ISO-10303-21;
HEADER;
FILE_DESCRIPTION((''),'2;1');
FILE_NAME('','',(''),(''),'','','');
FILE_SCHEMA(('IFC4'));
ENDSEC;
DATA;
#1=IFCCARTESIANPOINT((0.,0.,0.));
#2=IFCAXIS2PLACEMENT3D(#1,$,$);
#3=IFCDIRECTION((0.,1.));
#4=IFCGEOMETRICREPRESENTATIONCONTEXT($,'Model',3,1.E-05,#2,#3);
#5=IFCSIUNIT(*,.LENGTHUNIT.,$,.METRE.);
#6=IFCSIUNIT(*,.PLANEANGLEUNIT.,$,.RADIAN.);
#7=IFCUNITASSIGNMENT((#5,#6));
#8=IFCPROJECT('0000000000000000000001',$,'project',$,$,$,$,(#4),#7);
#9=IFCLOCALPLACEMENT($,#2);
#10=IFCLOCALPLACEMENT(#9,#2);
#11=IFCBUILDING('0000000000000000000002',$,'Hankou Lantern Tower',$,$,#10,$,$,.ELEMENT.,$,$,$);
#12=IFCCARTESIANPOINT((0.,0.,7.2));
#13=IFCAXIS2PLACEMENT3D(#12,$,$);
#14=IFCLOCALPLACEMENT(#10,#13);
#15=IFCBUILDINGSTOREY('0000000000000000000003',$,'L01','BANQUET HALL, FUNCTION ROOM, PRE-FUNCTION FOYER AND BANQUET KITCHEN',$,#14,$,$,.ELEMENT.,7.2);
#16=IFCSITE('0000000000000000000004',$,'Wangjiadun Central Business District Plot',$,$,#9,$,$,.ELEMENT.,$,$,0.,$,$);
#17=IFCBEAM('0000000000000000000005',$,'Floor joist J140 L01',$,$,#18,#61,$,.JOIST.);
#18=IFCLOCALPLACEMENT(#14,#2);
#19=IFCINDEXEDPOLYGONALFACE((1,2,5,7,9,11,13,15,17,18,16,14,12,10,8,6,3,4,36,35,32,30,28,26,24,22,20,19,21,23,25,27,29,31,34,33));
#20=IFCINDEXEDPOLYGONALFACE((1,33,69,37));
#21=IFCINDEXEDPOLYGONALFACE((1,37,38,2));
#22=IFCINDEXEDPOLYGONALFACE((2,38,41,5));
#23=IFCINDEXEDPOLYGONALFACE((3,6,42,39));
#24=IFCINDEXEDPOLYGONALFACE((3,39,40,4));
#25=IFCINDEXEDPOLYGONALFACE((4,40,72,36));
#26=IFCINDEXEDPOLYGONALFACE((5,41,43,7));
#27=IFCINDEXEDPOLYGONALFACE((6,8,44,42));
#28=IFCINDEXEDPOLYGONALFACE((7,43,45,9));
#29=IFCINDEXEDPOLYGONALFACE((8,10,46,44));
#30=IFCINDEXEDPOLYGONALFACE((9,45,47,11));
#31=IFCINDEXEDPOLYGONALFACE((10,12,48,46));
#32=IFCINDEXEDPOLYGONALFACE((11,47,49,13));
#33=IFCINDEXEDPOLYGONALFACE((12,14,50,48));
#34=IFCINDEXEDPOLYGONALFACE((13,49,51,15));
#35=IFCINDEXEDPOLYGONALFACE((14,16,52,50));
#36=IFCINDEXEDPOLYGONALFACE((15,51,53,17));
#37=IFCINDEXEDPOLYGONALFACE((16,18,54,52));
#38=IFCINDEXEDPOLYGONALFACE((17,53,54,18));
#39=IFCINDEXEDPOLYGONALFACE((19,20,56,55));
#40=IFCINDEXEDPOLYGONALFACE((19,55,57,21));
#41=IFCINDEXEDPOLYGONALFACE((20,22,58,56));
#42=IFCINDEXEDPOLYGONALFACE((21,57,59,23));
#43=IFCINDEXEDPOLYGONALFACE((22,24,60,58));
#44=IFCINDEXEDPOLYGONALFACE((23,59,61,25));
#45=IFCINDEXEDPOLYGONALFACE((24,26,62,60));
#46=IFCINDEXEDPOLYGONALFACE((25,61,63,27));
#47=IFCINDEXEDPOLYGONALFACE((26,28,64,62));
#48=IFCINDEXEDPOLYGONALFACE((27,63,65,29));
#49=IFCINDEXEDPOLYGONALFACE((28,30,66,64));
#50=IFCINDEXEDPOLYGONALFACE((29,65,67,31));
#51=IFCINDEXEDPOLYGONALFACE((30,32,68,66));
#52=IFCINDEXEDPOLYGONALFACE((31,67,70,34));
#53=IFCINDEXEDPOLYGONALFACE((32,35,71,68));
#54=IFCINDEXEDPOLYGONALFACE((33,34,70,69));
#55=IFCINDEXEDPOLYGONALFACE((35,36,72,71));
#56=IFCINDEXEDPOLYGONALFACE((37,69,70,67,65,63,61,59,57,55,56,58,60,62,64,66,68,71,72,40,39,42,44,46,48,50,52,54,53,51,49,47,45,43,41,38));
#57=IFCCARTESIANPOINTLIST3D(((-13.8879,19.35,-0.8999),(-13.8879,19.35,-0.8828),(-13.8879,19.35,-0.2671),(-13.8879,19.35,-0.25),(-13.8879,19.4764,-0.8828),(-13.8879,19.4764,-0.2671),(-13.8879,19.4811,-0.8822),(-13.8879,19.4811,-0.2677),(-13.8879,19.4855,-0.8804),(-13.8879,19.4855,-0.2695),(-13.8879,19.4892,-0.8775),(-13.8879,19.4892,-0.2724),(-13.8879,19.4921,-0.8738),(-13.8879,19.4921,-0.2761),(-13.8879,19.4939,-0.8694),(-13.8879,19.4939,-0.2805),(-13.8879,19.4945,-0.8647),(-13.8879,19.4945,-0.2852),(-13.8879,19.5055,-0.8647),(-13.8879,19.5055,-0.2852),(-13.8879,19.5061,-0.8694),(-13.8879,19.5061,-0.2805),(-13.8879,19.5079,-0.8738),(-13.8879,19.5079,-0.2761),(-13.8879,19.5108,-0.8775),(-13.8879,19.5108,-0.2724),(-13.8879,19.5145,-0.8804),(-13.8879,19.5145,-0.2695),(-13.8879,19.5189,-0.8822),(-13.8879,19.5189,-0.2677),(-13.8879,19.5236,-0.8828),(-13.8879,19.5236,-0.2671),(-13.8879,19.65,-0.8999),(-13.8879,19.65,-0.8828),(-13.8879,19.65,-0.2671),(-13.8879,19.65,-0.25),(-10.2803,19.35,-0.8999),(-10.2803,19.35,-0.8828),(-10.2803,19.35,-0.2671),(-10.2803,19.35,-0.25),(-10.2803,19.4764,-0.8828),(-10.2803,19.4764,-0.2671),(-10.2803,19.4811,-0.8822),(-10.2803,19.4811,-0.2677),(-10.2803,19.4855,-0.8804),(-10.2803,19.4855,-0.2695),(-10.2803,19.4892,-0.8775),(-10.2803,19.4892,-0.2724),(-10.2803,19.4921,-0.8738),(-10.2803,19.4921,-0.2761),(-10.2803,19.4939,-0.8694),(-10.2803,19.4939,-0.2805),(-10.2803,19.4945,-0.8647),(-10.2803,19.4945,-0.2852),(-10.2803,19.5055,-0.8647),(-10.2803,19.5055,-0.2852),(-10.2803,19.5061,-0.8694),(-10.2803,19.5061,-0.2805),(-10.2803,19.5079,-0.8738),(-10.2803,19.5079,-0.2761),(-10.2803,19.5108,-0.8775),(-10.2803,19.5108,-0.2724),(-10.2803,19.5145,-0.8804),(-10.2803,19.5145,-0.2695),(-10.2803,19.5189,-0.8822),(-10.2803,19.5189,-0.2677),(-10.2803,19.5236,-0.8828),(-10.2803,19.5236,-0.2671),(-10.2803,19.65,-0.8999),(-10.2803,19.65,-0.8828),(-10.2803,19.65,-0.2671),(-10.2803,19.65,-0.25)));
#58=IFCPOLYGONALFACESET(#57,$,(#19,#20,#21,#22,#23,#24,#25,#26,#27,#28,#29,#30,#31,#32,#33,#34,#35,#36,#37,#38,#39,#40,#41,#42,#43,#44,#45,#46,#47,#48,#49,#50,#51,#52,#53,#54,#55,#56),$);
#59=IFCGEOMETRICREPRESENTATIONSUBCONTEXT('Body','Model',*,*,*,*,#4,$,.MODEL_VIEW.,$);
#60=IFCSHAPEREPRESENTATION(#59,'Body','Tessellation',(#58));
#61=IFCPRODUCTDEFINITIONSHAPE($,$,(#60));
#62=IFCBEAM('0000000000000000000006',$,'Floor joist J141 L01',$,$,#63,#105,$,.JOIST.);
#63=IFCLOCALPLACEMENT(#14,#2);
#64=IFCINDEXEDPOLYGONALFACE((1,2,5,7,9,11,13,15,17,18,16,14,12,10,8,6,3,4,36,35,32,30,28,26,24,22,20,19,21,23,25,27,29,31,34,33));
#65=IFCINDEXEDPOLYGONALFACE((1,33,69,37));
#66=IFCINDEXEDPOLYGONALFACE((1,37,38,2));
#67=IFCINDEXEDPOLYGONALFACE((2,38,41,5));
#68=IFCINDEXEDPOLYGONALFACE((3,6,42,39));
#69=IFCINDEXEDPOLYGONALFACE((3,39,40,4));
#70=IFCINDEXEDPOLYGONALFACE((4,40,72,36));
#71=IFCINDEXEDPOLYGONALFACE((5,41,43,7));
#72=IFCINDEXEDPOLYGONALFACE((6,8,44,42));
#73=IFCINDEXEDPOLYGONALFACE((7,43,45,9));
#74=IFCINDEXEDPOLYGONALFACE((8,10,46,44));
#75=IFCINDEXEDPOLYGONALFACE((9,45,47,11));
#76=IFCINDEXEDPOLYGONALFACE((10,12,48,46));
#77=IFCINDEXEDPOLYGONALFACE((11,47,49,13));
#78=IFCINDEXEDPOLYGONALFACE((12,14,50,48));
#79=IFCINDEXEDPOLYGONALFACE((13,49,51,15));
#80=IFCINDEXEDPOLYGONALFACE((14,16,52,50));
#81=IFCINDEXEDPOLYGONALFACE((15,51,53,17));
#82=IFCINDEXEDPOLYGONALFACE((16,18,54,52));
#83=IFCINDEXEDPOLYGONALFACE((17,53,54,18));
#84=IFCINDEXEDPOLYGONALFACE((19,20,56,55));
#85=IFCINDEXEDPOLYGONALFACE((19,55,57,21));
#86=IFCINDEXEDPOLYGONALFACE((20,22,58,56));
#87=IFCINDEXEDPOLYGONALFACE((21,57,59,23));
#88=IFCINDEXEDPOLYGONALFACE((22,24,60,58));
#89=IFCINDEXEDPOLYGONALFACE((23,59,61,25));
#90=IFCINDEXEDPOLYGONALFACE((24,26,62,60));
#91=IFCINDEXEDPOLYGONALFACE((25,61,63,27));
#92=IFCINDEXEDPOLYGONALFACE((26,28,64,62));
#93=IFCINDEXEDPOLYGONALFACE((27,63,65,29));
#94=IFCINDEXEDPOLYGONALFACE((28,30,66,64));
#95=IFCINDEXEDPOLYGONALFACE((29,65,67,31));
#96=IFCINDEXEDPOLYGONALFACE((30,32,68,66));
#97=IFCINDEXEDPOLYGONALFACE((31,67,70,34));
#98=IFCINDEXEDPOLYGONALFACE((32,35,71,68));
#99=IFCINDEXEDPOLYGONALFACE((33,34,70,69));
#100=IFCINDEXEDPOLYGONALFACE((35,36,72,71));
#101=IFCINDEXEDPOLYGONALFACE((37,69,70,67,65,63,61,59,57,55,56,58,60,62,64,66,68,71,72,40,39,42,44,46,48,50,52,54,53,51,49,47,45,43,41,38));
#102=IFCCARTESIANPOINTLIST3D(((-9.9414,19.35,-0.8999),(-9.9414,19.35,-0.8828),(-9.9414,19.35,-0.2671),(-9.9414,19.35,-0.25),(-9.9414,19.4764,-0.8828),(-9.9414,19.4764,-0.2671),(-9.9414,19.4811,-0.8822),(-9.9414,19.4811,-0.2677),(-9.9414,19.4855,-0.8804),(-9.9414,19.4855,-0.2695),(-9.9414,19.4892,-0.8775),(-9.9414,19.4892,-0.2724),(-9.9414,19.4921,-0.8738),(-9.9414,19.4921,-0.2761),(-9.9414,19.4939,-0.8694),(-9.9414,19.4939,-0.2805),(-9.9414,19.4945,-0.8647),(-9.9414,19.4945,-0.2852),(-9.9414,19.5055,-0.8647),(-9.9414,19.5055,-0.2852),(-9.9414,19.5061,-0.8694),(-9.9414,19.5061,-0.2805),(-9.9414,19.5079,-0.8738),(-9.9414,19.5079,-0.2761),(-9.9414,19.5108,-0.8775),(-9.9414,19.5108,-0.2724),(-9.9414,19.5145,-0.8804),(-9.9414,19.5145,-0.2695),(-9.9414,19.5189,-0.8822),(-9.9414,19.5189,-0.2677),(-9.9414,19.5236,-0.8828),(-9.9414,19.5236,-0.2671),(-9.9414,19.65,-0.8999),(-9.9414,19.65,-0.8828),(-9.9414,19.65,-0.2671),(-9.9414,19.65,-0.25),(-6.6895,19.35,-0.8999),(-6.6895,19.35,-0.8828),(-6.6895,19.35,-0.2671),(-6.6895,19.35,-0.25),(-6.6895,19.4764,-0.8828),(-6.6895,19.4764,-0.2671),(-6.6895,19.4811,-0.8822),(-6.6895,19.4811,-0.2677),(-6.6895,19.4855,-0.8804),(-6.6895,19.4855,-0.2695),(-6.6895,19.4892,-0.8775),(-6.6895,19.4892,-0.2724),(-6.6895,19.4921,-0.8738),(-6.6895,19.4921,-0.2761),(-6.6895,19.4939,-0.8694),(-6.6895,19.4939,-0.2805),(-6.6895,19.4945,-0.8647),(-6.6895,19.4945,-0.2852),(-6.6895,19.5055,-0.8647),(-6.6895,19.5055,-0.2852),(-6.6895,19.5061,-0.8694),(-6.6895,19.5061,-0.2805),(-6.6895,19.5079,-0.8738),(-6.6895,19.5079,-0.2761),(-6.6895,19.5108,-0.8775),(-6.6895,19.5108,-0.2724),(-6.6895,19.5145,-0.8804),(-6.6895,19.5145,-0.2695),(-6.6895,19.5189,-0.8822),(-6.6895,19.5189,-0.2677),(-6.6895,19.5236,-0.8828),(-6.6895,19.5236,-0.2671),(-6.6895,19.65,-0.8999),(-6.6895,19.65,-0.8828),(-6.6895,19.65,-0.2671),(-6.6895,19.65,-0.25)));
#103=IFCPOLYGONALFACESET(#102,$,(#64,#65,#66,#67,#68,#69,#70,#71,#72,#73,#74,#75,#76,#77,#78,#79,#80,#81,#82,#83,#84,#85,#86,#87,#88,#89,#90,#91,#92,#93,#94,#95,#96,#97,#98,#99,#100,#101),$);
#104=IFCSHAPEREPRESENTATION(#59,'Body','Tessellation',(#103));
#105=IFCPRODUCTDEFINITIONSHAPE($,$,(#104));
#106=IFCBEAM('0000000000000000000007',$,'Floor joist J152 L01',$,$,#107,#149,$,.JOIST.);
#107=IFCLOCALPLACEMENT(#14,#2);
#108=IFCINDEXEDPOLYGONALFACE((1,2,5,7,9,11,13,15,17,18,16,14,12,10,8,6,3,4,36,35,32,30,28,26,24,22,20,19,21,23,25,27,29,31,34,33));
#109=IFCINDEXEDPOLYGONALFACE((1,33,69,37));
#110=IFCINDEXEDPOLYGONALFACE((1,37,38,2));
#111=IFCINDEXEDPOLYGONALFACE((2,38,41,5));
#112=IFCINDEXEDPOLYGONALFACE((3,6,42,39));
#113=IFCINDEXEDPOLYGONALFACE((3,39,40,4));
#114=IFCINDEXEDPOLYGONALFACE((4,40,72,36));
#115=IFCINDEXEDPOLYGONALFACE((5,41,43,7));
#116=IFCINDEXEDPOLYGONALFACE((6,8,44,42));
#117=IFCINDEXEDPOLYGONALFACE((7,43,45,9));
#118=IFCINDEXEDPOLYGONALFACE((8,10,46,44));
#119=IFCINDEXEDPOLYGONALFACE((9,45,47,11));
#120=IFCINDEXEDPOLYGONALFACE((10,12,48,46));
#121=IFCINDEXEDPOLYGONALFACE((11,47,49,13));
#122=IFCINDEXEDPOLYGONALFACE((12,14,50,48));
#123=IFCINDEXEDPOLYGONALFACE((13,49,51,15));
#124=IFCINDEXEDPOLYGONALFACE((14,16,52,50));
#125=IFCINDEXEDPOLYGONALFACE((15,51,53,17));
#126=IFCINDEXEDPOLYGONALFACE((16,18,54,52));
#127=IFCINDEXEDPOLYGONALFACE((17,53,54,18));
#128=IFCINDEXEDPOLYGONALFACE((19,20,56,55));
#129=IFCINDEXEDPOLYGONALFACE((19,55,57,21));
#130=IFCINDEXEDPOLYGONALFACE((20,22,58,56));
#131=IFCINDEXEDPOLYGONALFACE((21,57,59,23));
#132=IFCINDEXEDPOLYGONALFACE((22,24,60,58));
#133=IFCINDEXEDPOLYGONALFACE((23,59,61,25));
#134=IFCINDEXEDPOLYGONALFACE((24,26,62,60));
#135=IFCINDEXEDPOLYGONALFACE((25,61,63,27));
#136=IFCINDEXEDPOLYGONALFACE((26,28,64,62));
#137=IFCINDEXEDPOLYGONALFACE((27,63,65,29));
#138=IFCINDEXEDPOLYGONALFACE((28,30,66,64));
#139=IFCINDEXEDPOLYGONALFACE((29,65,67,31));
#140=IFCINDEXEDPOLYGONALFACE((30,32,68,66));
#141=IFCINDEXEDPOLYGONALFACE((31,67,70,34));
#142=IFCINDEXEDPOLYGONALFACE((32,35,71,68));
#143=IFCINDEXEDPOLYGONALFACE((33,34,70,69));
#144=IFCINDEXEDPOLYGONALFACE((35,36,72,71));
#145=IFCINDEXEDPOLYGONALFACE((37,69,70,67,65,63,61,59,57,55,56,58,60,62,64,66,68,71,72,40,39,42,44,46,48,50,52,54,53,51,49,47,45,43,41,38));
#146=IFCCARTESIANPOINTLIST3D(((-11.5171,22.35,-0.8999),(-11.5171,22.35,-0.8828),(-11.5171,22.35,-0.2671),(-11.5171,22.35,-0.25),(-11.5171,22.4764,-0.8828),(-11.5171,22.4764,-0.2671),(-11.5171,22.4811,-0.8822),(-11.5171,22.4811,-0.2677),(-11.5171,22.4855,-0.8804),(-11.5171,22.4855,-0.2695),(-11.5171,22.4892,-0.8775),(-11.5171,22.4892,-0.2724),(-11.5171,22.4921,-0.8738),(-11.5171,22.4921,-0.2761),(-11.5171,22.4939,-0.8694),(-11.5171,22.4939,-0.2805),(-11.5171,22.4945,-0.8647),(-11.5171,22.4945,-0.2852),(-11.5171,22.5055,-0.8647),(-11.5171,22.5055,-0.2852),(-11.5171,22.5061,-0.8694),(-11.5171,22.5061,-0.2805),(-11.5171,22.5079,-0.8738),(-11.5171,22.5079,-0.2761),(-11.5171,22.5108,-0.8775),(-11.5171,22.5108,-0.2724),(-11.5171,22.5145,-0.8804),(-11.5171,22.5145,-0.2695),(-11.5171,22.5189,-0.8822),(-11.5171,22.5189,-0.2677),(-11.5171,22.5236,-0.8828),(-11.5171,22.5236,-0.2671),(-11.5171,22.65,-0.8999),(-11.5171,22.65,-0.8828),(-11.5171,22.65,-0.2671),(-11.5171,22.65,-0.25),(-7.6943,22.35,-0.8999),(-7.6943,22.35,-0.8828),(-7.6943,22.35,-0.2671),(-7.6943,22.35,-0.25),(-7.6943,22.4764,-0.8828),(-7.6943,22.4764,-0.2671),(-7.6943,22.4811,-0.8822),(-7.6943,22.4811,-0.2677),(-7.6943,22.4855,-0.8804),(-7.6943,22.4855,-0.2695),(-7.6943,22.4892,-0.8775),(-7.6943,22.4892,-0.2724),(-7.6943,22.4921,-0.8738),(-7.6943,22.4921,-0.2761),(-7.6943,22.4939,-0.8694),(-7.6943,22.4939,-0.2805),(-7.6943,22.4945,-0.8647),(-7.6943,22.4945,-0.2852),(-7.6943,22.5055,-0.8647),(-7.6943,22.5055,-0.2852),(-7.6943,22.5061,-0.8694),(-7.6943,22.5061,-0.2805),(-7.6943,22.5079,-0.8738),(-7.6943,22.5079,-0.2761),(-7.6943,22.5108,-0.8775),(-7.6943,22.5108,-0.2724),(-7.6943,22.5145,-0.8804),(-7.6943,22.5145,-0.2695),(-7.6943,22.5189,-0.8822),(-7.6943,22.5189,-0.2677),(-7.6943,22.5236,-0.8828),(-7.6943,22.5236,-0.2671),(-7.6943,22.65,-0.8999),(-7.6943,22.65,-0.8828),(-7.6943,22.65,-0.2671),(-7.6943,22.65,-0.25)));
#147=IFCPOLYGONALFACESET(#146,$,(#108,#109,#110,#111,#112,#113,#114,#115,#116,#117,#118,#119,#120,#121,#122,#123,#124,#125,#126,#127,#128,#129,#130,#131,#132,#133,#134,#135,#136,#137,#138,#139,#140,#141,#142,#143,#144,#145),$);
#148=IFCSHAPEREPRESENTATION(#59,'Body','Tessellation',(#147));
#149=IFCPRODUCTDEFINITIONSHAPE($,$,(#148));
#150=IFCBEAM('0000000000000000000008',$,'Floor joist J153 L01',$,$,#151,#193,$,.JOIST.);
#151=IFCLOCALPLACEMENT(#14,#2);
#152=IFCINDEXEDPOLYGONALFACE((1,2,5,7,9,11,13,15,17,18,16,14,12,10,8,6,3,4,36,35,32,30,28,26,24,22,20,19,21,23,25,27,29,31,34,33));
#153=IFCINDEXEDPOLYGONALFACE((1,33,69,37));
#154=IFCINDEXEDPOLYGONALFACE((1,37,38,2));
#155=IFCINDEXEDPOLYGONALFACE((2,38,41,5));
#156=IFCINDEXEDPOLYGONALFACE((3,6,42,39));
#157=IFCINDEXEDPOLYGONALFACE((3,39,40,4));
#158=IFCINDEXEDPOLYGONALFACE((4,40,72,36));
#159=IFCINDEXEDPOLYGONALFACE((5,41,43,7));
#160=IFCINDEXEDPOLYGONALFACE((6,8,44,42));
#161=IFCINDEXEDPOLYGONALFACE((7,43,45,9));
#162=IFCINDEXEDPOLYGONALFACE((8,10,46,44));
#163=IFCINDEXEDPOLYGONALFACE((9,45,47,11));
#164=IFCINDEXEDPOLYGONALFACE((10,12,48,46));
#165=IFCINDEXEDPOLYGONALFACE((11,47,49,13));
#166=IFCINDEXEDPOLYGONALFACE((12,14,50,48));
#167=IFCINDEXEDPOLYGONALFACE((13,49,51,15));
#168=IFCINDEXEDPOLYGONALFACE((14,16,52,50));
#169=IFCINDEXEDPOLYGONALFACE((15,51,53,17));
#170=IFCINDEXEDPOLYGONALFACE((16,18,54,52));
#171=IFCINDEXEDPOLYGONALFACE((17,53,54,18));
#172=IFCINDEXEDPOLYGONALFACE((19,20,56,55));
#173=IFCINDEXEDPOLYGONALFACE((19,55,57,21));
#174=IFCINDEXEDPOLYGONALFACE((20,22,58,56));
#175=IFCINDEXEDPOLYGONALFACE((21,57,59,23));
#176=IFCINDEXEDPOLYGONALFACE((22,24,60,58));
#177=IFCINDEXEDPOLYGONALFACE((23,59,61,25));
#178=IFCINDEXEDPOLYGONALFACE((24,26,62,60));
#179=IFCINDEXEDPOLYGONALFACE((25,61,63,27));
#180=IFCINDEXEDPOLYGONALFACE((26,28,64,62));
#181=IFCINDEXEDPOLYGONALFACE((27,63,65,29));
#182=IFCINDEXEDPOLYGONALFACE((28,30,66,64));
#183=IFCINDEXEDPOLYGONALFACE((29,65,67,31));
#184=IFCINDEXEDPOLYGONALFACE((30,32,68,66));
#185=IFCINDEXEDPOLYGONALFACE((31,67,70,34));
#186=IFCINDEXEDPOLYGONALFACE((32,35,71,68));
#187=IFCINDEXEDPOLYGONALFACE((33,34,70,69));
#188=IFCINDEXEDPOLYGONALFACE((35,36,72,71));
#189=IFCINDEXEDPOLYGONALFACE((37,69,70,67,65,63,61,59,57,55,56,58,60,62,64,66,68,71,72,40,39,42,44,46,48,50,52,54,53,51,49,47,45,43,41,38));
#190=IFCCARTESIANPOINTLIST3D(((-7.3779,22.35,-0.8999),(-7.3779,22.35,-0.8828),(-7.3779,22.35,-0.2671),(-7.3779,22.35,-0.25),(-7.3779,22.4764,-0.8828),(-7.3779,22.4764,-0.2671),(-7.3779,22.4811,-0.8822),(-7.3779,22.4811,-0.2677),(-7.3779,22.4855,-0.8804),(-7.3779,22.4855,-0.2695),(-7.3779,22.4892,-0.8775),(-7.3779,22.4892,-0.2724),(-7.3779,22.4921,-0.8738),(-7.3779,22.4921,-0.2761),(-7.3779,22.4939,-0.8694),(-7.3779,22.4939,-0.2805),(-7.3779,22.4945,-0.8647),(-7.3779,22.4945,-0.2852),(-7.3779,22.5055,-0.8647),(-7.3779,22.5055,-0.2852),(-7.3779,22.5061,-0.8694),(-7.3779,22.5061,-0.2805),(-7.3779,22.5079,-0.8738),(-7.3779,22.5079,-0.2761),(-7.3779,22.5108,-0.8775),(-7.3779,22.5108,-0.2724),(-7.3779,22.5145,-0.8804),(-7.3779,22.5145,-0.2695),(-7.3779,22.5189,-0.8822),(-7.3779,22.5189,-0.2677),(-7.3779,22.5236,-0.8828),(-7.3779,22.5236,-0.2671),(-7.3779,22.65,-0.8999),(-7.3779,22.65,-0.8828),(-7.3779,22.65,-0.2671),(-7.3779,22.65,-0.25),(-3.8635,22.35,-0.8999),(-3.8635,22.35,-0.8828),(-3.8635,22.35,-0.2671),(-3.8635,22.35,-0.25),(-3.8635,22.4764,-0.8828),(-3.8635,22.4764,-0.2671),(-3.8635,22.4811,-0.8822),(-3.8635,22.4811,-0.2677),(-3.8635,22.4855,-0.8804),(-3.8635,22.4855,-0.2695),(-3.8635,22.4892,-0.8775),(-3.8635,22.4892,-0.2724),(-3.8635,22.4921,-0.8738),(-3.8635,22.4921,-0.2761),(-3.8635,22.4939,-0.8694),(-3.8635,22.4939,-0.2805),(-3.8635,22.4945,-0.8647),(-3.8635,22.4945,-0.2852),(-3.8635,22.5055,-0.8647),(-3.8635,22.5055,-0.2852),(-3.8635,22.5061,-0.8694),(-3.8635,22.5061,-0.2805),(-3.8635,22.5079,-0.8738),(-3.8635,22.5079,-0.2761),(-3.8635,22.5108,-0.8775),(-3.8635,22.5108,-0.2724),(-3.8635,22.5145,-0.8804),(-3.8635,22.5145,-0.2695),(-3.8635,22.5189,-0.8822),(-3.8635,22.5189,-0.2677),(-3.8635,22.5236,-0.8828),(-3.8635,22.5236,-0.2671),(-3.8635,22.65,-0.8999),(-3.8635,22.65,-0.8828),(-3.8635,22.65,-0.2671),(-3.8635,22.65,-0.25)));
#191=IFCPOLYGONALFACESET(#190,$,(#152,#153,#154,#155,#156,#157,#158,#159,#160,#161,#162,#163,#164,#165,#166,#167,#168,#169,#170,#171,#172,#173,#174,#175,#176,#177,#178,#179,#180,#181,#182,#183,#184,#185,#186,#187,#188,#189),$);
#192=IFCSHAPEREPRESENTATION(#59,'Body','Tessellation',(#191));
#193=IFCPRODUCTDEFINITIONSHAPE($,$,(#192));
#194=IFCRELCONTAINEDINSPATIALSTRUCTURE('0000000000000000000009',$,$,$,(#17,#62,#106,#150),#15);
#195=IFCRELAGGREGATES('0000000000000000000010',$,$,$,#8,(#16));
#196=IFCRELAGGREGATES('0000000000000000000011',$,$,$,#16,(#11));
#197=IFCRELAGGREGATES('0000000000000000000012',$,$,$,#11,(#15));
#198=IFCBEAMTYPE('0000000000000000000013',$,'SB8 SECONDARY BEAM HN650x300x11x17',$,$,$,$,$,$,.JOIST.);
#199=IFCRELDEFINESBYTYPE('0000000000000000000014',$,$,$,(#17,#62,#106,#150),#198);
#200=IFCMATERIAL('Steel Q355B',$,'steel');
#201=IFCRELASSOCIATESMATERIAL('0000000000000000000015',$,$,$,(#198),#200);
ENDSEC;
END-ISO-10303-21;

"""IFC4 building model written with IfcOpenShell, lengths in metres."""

from ifc_helpers import new_model, si_unit, direction, frame, origin, origin_2d, place, context, subcontext, project, spatial, i_section, extrude, material, material_profile, profile_set, type_object, element, save


model = new_model("IFC4")

# Units and contexts
model_context = context("Model", 3, precision=1e-05, world=origin(), true_north=direction((0.0, 1.0)))
body_context = subcontext(model_context, "Body", "Model", "MODEL_VIEW")
ifc_project = project(units=[si_unit("LENGTHUNIT", "METRE"), si_unit("PLANEANGLEUNIT", "RADIAN")], contexts=[model_context])

# Site, building, storey
site_placement = place(None, origin())
site = spatial("IfcSite", under=ifc_project, at=site_placement, Name="Wangjiadun Central Business District Plot", CompositionType="ELEMENT", RefElevation=0.0)
building_placement = place(site_placement, origin())
building = spatial("IfcBuilding", under=site, at=building_placement, Name="Hankou Lantern Tower", CompositionType="ELEMENT")
storey_placement = place(building_placement, frame((0.0, 0.0, 7.2)))
storey = spatial("IfcBuildingStorey", under=building, at=storey_placement, Name="L01", Description="BANQUET HALL, FUNCTION ROOM, PRE-FUNCTION FOYER AND BANQUET KITCHEN", CompositionType="ELEMENT", Elevation=7.2)

# Beams
ifc_material_1 = material(Name="Steel Q355B", Category="steel")
ifc_material_profile_1 = material_profile(ifc_material_1, i_section(OverallWidth=0.3, OverallDepth=0.6499, WebThickness=0.011, FlangeThickness=0.0171, FilletRadius=0.0181, at=origin_2d()), Name="HN650x300x11x17")
ifc_profile_set_1 = profile_set([ifc_material_profile_1], Name="Steel Q355B")
beam_type_1 = type_object("IfcBeamType", Name="SB8 SECONDARY BEAM HN650x300x11x17", PredefinedType="JOIST", material=ifc_profile_set_1)
beam_1_placement = place(storey_placement, frame((-13.8879, 19.5, -0.575), z_axis=(1.0, 0.0, 0.0), x_axis=(0.0, 1.0, 0.0)))
element("IfcBeam", 1, at=beam_1_placement, inside=storey, type_object=beam_type_1, Name="Floor joist J140 L01", PredefinedType="JOIST", context=body_context, shape_type="SweptSolid", body=[
    extrude(i_section(OverallWidth=0.3, OverallDepth=0.6499, WebThickness=0.011, FlangeThickness=0.0171, FilletRadius=0.0181, at=origin_2d()), origin(), (0.0, 0.0, 1.0), 3.6077),
])
beam_2_placement = place(storey_placement, frame((-9.9414, 19.5, -0.575), z_axis=(1.0, 0.0, 0.0), x_axis=(0.0, 1.0, 0.0)))
element("IfcBeam", 2, at=beam_2_placement, inside=storey, type_object=beam_type_1, Name="Floor joist J141 L01", PredefinedType="JOIST", context=body_context, shape_type="SweptSolid", body=[
    extrude(i_section(OverallWidth=0.3, OverallDepth=0.6499, WebThickness=0.011, FlangeThickness=0.0171, FilletRadius=0.0181, at=origin_2d()), origin(), (0.0, 0.0, 1.0), 3.252),
])
beam_3_placement = place(storey_placement, frame((-11.5171, 22.5, -0.575), z_axis=(1.0, 0.0, 0.0), x_axis=(0.0, 1.0, 0.0)))
element("IfcBeam", 3, at=beam_3_placement, inside=storey, type_object=beam_type_1, Name="Floor joist J152 L01", PredefinedType="JOIST", context=body_context, shape_type="SweptSolid", body=[
    extrude(i_section(OverallWidth=0.3, OverallDepth=0.6499, WebThickness=0.011, FlangeThickness=0.0171, FilletRadius=0.0181, at=origin_2d()), origin(), (0.0, 0.0, 1.0), 3.8228),
])
beam_4_placement = place(storey_placement, frame((-7.3779, 22.5, -0.575), z_axis=(1.0, 0.0, 0.0), x_axis=(0.0, 1.0, 0.0)))
element("IfcBeam", 4, at=beam_4_placement, inside=storey, type_object=beam_type_1, Name="Floor joist J153 L01", PredefinedType="JOIST", context=body_context, shape_type="SweptSolid", body=[
    extrude(i_section(OverallWidth=0.3, OverallDepth=0.6499, WebThickness=0.011, FlangeThickness=0.0171, FilletRadius=0.0181, at=origin_2d()), origin(), (0.0, 0.0, 1.0), 3.5144),
])

save(model, "model.ifc")
